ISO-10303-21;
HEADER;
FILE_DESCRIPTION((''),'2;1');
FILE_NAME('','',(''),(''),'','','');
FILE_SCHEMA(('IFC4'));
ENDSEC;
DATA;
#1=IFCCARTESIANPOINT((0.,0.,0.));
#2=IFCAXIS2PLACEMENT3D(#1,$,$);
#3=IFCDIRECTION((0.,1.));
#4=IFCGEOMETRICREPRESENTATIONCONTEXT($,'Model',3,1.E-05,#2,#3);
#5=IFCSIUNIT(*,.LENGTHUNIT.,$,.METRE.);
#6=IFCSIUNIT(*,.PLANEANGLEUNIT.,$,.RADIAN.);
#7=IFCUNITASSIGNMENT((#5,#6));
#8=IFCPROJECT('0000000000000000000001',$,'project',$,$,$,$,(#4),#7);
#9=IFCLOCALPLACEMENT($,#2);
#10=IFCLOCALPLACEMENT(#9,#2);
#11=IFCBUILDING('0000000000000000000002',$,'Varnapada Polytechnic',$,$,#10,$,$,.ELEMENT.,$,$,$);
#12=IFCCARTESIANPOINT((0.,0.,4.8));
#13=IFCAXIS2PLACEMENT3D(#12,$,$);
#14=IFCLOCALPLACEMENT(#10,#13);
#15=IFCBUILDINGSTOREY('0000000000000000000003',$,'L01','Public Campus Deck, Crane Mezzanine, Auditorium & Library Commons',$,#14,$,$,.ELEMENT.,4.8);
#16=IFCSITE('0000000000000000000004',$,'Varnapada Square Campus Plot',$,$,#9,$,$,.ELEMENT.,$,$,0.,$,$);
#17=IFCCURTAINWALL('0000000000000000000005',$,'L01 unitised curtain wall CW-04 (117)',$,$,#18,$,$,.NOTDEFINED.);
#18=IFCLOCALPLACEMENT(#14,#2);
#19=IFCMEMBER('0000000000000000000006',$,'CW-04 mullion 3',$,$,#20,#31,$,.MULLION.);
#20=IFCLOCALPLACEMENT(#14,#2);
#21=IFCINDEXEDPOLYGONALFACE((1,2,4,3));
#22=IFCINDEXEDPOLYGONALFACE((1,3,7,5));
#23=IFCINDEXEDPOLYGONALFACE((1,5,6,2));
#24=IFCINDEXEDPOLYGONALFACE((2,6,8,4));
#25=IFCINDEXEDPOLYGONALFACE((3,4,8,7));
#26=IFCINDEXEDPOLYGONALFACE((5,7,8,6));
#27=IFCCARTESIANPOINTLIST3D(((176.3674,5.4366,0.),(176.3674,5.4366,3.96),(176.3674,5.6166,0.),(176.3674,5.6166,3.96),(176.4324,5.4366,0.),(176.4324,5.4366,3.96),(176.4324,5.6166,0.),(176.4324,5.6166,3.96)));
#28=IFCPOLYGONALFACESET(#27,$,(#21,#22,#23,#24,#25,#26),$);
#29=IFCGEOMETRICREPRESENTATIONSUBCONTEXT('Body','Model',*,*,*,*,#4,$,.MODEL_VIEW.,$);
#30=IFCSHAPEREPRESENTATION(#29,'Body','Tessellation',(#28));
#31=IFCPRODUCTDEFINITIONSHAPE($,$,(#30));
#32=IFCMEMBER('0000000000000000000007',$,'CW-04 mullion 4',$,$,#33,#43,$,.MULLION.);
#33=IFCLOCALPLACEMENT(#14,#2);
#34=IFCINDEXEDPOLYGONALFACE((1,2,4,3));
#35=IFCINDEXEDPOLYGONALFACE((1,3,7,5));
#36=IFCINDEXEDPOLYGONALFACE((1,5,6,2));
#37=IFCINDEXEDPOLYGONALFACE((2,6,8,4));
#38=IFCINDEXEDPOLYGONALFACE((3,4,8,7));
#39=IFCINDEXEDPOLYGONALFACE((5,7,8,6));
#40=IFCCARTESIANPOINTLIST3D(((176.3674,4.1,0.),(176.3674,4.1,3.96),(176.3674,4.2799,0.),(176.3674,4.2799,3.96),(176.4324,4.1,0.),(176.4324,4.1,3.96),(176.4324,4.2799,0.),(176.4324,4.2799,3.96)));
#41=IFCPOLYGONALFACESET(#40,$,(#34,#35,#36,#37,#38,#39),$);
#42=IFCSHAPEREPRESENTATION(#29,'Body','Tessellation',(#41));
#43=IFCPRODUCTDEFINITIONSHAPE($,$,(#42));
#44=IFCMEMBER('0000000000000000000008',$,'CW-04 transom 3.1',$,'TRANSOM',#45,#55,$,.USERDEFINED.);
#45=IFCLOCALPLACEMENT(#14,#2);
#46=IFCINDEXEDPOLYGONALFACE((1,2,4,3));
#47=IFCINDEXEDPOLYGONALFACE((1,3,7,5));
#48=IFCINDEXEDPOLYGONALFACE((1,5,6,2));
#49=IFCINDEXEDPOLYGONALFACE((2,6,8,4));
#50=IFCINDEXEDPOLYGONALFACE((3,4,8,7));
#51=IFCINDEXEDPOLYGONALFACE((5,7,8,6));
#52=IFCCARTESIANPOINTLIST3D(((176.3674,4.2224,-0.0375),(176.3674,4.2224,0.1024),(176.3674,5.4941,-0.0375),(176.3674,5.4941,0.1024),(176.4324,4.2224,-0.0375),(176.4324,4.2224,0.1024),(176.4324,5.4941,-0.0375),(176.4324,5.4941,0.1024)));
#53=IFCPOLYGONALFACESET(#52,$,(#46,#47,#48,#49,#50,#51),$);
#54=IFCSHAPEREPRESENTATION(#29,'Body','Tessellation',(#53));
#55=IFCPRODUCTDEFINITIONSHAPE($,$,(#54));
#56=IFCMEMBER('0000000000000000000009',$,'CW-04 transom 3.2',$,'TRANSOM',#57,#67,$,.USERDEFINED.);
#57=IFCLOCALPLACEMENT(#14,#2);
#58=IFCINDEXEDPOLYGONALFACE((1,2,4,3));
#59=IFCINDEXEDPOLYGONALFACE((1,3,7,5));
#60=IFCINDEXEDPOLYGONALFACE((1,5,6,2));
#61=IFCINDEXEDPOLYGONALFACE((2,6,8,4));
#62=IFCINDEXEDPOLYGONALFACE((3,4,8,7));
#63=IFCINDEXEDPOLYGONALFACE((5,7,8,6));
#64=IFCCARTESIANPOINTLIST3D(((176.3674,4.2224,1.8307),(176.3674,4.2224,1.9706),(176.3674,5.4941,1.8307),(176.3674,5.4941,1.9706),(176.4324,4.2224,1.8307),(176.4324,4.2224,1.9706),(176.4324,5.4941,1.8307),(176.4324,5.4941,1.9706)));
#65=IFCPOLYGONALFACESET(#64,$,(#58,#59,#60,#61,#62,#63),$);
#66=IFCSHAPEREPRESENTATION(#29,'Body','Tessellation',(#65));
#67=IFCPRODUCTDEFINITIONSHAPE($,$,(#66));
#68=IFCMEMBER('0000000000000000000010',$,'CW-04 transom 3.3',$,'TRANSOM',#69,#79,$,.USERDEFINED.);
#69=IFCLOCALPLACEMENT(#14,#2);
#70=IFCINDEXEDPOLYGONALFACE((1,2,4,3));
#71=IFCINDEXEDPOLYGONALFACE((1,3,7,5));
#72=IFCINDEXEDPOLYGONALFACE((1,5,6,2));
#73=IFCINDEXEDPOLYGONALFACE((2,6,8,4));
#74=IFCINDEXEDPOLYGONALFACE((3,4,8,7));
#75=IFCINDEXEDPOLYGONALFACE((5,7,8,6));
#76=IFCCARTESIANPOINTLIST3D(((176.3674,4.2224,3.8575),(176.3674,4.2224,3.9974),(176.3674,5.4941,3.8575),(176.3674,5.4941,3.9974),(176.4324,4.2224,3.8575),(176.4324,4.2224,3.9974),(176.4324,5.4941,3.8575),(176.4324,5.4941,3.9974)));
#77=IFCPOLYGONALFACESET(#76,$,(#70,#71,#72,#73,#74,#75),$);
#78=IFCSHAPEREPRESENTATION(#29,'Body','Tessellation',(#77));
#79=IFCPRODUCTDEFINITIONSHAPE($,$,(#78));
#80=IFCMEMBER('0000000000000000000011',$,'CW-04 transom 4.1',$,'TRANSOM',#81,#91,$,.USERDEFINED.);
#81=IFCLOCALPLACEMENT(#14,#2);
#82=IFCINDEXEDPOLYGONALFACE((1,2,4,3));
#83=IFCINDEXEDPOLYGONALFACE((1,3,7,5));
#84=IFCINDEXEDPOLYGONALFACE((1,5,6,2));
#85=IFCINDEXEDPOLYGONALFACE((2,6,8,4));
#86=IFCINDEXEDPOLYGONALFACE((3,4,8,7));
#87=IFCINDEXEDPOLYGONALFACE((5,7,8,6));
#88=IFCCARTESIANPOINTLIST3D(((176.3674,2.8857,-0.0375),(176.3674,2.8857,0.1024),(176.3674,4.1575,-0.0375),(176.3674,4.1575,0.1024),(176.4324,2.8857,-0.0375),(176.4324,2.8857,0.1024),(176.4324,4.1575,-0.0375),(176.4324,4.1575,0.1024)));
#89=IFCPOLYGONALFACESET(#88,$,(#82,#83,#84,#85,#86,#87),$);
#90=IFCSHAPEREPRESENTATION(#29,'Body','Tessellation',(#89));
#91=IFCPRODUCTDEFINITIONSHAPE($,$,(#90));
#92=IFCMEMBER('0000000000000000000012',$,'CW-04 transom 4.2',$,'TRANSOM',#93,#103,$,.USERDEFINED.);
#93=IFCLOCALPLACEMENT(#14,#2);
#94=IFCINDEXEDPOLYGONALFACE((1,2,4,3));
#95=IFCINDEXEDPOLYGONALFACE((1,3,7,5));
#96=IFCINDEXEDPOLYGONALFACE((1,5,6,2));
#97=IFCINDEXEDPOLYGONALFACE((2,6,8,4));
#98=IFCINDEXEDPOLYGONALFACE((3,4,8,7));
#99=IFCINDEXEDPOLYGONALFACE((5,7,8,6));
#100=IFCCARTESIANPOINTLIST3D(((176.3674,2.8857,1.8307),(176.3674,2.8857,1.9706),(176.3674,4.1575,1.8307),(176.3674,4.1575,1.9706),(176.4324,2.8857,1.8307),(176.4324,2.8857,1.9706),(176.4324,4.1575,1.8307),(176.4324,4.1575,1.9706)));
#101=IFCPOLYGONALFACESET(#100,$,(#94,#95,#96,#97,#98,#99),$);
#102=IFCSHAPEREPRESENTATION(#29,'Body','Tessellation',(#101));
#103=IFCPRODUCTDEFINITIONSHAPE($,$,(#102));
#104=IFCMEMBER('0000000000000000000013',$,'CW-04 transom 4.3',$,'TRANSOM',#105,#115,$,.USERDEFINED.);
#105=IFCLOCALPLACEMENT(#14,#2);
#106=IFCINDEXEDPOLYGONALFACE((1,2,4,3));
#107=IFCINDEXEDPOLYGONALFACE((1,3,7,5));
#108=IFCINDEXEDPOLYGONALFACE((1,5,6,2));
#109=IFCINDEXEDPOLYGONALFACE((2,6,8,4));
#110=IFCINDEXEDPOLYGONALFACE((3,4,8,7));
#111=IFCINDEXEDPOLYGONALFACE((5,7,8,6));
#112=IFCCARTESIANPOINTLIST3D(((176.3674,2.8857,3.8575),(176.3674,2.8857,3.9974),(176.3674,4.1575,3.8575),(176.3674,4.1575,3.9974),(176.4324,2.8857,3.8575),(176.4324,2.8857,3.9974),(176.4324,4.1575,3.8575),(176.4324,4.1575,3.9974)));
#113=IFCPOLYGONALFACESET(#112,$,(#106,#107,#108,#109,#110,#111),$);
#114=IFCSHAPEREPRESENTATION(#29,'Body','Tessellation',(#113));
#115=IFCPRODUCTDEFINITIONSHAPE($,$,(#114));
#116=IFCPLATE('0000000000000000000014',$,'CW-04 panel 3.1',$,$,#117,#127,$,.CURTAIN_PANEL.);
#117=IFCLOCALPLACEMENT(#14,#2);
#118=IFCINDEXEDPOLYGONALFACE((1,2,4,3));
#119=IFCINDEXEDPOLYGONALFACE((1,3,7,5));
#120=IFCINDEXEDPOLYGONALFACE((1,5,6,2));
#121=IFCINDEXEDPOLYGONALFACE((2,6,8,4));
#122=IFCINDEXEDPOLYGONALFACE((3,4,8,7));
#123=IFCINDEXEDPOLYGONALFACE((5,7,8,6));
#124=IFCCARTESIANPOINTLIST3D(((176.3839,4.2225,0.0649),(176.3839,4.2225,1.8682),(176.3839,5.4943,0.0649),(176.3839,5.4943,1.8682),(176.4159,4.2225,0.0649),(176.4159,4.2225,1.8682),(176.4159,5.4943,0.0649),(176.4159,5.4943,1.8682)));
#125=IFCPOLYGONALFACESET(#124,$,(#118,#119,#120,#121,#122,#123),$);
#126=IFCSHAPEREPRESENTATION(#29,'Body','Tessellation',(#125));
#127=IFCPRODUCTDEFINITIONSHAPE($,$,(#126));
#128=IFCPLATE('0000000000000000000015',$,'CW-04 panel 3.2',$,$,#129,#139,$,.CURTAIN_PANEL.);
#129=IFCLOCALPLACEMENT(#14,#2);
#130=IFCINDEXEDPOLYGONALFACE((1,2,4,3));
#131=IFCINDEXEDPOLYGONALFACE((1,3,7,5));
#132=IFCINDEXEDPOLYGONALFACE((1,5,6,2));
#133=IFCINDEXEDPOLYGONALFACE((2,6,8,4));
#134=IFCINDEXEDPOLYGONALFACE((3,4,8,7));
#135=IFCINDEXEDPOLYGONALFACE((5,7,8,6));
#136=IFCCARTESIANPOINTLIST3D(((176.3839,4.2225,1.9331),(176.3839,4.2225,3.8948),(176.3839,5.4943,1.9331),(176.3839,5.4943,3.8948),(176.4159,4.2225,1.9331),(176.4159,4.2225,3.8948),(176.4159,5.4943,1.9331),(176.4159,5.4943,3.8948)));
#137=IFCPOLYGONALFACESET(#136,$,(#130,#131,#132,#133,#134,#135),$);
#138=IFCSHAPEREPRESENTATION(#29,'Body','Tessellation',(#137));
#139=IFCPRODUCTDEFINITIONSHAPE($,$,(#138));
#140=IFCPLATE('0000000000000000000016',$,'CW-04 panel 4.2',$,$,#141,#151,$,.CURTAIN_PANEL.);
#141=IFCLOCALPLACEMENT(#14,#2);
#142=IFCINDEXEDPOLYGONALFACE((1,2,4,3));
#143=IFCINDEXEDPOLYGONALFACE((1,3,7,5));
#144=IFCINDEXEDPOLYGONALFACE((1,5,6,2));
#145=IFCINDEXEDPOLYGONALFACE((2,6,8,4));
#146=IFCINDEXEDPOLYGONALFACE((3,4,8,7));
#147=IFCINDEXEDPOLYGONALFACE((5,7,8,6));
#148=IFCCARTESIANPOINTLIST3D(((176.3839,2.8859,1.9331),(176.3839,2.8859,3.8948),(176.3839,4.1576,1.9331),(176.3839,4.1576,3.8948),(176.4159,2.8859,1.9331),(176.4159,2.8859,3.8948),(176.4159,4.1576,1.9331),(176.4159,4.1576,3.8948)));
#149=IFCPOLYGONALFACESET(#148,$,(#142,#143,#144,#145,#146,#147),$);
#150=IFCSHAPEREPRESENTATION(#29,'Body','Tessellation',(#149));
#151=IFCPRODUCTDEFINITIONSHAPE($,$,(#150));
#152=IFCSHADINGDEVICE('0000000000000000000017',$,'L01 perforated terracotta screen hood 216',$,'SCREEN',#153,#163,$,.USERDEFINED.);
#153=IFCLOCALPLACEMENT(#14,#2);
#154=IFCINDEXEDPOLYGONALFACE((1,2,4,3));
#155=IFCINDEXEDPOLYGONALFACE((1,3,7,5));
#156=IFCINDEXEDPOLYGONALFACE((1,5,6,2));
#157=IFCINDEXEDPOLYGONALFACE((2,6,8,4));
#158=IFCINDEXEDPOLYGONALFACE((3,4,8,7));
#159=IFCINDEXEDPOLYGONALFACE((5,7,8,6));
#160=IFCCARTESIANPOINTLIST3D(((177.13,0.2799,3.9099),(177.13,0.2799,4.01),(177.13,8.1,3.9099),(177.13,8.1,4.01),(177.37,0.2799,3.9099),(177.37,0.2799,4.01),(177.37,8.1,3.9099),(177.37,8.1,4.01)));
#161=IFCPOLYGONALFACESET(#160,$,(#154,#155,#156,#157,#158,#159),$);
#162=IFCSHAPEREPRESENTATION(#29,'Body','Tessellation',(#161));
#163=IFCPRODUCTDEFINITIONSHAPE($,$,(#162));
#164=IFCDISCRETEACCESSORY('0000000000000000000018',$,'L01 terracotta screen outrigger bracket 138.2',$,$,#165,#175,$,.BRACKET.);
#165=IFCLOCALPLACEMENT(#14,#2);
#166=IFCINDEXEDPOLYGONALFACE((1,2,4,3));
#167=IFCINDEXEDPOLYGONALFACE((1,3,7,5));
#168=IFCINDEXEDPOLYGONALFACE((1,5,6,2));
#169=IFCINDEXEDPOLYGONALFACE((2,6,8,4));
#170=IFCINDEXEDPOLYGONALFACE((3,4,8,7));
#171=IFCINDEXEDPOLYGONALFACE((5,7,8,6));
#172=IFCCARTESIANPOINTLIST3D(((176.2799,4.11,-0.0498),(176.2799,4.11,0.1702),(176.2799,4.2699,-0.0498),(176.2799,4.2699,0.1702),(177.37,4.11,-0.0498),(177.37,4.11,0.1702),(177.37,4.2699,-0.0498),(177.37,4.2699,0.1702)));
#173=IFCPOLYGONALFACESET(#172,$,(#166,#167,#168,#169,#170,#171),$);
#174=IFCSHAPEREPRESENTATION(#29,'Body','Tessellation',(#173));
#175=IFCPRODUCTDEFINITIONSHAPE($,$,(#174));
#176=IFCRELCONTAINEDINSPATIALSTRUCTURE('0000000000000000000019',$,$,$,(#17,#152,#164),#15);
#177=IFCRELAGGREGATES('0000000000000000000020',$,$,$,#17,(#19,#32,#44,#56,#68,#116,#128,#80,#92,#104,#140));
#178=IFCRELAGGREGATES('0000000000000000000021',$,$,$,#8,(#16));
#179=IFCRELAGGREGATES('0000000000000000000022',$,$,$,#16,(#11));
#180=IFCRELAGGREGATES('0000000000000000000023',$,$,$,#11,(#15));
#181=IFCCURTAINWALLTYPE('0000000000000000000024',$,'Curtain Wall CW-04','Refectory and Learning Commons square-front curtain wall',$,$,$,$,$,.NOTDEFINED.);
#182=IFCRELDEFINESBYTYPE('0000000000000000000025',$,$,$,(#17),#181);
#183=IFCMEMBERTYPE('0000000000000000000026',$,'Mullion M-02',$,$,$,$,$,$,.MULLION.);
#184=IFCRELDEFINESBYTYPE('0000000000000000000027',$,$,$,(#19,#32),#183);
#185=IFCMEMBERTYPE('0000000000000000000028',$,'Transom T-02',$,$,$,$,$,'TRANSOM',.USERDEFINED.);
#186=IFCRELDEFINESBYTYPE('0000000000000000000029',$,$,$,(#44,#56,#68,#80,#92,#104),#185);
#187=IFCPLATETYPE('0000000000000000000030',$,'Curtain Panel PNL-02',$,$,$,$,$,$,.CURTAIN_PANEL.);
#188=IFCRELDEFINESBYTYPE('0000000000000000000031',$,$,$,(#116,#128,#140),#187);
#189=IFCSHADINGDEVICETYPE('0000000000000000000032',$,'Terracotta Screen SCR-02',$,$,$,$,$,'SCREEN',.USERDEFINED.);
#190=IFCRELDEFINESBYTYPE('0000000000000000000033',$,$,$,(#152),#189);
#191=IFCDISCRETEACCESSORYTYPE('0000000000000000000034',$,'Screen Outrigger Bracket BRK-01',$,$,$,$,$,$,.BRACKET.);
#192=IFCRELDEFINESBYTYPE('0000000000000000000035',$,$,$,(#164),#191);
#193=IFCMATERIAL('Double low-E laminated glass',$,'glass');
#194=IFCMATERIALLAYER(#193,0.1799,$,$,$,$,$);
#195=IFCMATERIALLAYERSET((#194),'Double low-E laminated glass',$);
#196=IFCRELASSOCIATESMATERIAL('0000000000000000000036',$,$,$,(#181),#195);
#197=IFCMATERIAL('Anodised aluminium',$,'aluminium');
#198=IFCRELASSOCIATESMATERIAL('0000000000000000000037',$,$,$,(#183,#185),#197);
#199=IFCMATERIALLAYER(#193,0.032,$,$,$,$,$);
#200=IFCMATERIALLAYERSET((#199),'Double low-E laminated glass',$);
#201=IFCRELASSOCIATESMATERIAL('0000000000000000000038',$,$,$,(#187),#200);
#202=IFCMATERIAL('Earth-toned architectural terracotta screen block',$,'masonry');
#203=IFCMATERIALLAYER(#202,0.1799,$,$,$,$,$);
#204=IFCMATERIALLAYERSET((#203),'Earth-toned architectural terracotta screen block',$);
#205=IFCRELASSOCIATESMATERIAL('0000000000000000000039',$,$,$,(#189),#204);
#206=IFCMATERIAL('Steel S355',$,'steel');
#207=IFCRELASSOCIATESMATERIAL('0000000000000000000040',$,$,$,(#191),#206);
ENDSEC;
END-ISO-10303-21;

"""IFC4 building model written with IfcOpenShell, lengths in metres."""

from ifc_helpers import new_model, si_unit, direction, frame, origin, origin_2d, place, context, subcontext, project, spatial, rectangle, extrude, material, layer, layer_set, material_profile, profile_set, type_object, element, aggregate, save


model = new_model("IFC4")

# Units and contexts
model_context = context("Model", 3, precision=1e-05, world=origin(), true_north=direction((0.0, 1.0)))
body_context = subcontext(model_context, "Body", "Model", "MODEL_VIEW")
ifc_project = project(units=[si_unit("LENGTHUNIT", "METRE"), si_unit("PLANEANGLEUNIT", "RADIAN")], contexts=[model_context])

# Site, building, storey
site_placement = place(None, origin())
site = spatial("IfcSite", under=ifc_project, at=site_placement, Name="Varnapada Square Campus Plot", CompositionType="ELEMENT", RefElevation=0.0)
building_placement = place(site_placement, origin())
building = spatial("IfcBuilding", under=site, at=building_placement, Name="Varnapada Polytechnic", CompositionType="ELEMENT")
storey_placement = place(building_placement, frame((0.0, 0.0, 4.8)))
storey = spatial("IfcBuildingStorey", under=building, at=storey_placement, Name="L01", Description="Public Campus Deck, Crane Mezzanine, Auditorium & Library Commons", CompositionType="ELEMENT", Elevation=4.8)

# Curtain wall, members, plates
ifc_material_1 = material(Name="Double low-E laminated glass", Category="glass")
ifc_layer_1 = layer(ifc_material_1, 0.1799)
ifc_layer_set_1 = layer_set([ifc_layer_1], Name="Double low-E laminated glass")
curtain_wall_type = type_object("IfcCurtainWallType", Name="Curtain Wall CW-04", Description="Refectory and Learning Commons square-front curtain wall", PredefinedType="NOTDEFINED", material=ifc_layer_set_1)
curtain_wall_placement = place(storey_placement, origin())
curtain_wall = element("IfcCurtainWall", 1, at=curtain_wall_placement, inside=storey, type_object=curtain_wall_type, Name="L01 unitised curtain wall CW-04 (117)", PredefinedType="NOTDEFINED")
ifc_material_2 = material(Name="Anodised aluminium", Category="aluminium")
ifc_material_profile_1 = material_profile(ifc_material_2, rectangle(XDim=0.0649, YDim=0.1799, at=origin_2d()), Name="ALU M65x180")
ifc_profile_set_1 = profile_set([ifc_material_profile_1], Name="Anodised aluminium")
member_type_1 = type_object("IfcMemberType", Name="Mullion M-02", PredefinedType="MULLION", material=ifc_profile_set_1)
member_1_placement = place(storey_placement, frame((176.3999, 5.5266, 0.0), z_axis=(0.0, 0.0, 1.0), x_axis=(1.0, 0.0, 0.0)))
member_1 = element("IfcMember", 2, at=member_1_placement, type_object=member_type_1, Name="CW-04 mullion 3", PredefinedType="MULLION", context=body_context, shape_type="SweptSolid", body=[
    extrude(rectangle(XDim=0.0649, YDim=0.1799, at=origin_2d()), origin(), (0.0, 0.0, 1.0), 3.96),
])
member_2_placement = place(storey_placement, frame((176.3999, 4.1899, 0.0), z_axis=(0.0, 0.0, 1.0), x_axis=(1.0, 0.0, 0.0)))
member_2 = element("IfcMember", 3, at=member_2_placement, type_object=member_type_1, Name="CW-04 mullion 4", PredefinedType="MULLION", context=body_context, shape_type="SweptSolid", body=[
    extrude(rectangle(XDim=0.0649, YDim=0.1799, at=origin_2d()), origin(), (0.0, 0.0, 1.0), 3.96),
])
ifc_material_profile_2 = material_profile(ifc_material_2, rectangle(XDim=0.0649, YDim=0.1399, at=origin_2d()), Name="ALU T65x140")
ifc_profile_set_2 = profile_set([ifc_material_profile_2], Name="Anodised aluminium")
member_type_2 = type_object("IfcMemberType", Name="Transom T-02", ElementType="TRANSOM", PredefinedType="USERDEFINED", material=ifc_profile_set_2)
member_3_placement = place(storey_placement, frame((176.3999, 5.4941, 0.0325), z_axis=(0.0, -1.0, 0.0), x_axis=(1.0, 0.0, 0.0)))
member_3 = element("IfcMember", 4, at=member_3_placement, type_object=member_type_2, Name="CW-04 transom 3.1", ObjectType="TRANSOM", PredefinedType="USERDEFINED", context=body_context, shape_type="SweptSolid", body=[
    extrude(rectangle(XDim=0.0649, YDim=0.1399, at=origin_2d()), origin(), (0.0, 0.0, 1.0), 1.2717),
])
member_4_placement = place(storey_placement, frame((176.3999, 5.4941, 1.9006), z_axis=(0.0, -1.0, 0.0), x_axis=(1.0, 0.0, 0.0)))
member_4 = element("IfcMember", 5, at=member_4_placement, type_object=member_type_2, Name="CW-04 transom 3.2", ObjectType="TRANSOM", PredefinedType="USERDEFINED", context=body_context, shape_type="SweptSolid", body=[
    extrude(rectangle(XDim=0.0649, YDim=0.1399, at=origin_2d()), origin(), (0.0, 0.0, 1.0), 1.2717),
])
member_5_placement = place(storey_placement, frame((176.3999, 5.4941, 3.9275), z_axis=(0.0, -1.0, 0.0), x_axis=(1.0, 0.0, 0.0)))
member_5 = element("IfcMember", 6, at=member_5_placement, type_object=member_type_2, Name="CW-04 transom 3.3", ObjectType="TRANSOM", PredefinedType="USERDEFINED", context=body_context, shape_type="SweptSolid", body=[
    extrude(rectangle(XDim=0.0649, YDim=0.1399, at=origin_2d()), origin(), (0.0, 0.0, 1.0), 1.2717),
])
member_6_placement = place(storey_placement, frame((176.3999, 4.1575, 0.0325), z_axis=(0.0, -1.0, 0.0), x_axis=(1.0, 0.0, 0.0)))
member_6 = element("IfcMember", 7, at=member_6_placement, type_object=member_type_2, Name="CW-04 transom 4.1", ObjectType="TRANSOM", PredefinedType="USERDEFINED", context=body_context, shape_type="SweptSolid", body=[
    extrude(rectangle(XDim=0.0649, YDim=0.1399, at=origin_2d()), origin(), (0.0, 0.0, 1.0), 1.2717),
])
member_7_placement = place(storey_placement, frame((176.3999, 4.1575, 1.9006), z_axis=(0.0, -1.0, 0.0), x_axis=(1.0, 0.0, 0.0)))
member_7 = element("IfcMember", 8, at=member_7_placement, type_object=member_type_2, Name="CW-04 transom 4.2", ObjectType="TRANSOM", PredefinedType="USERDEFINED", context=body_context, shape_type="SweptSolid", body=[
    extrude(rectangle(XDim=0.0649, YDim=0.1399, at=origin_2d()), origin(), (0.0, 0.0, 1.0), 1.2717),
])
member_8_placement = place(storey_placement, frame((176.3999, 4.1575, 3.9275), z_axis=(0.0, -1.0, 0.0), x_axis=(1.0, 0.0, 0.0)))
member_8 = element("IfcMember", 9, at=member_8_placement, type_object=member_type_2, Name="CW-04 transom 4.3", ObjectType="TRANSOM", PredefinedType="USERDEFINED", context=body_context, shape_type="SweptSolid", body=[
    extrude(rectangle(XDim=0.0649, YDim=0.1399, at=origin_2d()), origin(), (0.0, 0.0, 1.0), 1.2717),
])
ifc_layer_2 = layer(ifc_material_1, 0.032)
ifc_layer_set_2 = layer_set([ifc_layer_2], Name="Double low-E laminated glass")
plate_type = type_object("IfcPlateType", Name="Curtain Panel PNL-02", PredefinedType="CURTAIN_PANEL", material=ifc_layer_set_2)
plate_1_placement = place(storey_placement, frame((176.3999, 4.8584, 0.0649), z_axis=(0.0, 0.0, 1.0), x_axis=(0.0, -1.0, 0.0)))
plate_1 = element("IfcPlate", 10, at=plate_1_placement, type_object=plate_type, Name="CW-04 panel 3.1", PredefinedType="CURTAIN_PANEL", context=body_context, shape_type="SweptSolid", body=[
    extrude(rectangle(XDim=1.2717, YDim=0.032, at=origin_2d()), origin(), (0.0, 0.0, 1.0), 1.8032),
])
plate_2_placement = place(storey_placement, frame((176.3999, 4.8584, 1.9331), z_axis=(0.0, 0.0, 1.0), x_axis=(0.0, -1.0, 0.0)))
plate_2 = element("IfcPlate", 11, at=plate_2_placement, type_object=plate_type, Name="CW-04 panel 3.2", PredefinedType="CURTAIN_PANEL", context=body_context, shape_type="SweptSolid", body=[
    extrude(rectangle(XDim=1.2717, YDim=0.032, at=origin_2d()), origin(), (0.0, 0.0, 1.0), 1.9617),
])
plate_3_placement = place(storey_placement, frame((176.3999, 3.5217, 1.9331), z_axis=(0.0, 0.0, 1.0), x_axis=(0.0, -1.0, 0.0)))
plate_3 = element("IfcPlate", 12, at=plate_3_placement, type_object=plate_type, Name="CW-04 panel 4.2", PredefinedType="CURTAIN_PANEL", context=body_context, shape_type="SweptSolid", body=[
    extrude(rectangle(XDim=1.2717, YDim=0.032, at=origin_2d()), origin(), (0.0, 0.0, 1.0), 1.9617),
])
aggregate(curtain_wall, [member_1, member_2, member_3, member_4, member_5, plate_1, plate_2, member_6, member_7, member_8, plate_3])

# Shading device
ifc_material_3 = material(Name="Earth-toned architectural terracotta screen block", Category="masonry")
ifc_layer_3 = layer(ifc_material_3, 0.1799)
ifc_layer_set_3 = layer_set([ifc_layer_3], Name="Earth-toned architectural terracotta screen block")
shading_device_type = type_object("IfcShadingDeviceType", Name="Terracotta Screen SCR-02", ElementType="SCREEN", PredefinedType="USERDEFINED", material=ifc_layer_set_3)
shading_device_placement = place(storey_placement, frame((177.25, 4.1899, 3.9099), z_axis=(0.0, 0.0, 1.0), x_axis=(0.0, -1.0, 0.0)))
element("IfcShadingDevice", 13, at=shading_device_placement, inside=storey, type_object=shading_device_type, Name="L01 perforated terracotta screen hood 216", ObjectType="SCREEN", PredefinedType="USERDEFINED", context=body_context, shape_type="SweptSolid", body=[
    extrude(rectangle(XDim=7.8201, YDim=0.24, at=origin_2d()), origin(), (0.0, 0.0, 1.0), 0.1001),
])

# Discrete accessory
ifc_material_4 = material(Name="Steel S355", Category="steel")
discrete_accessory_type = type_object("IfcDiscreteAccessoryType", Name="Screen Outrigger Bracket BRK-01", PredefinedType="BRACKET", material=ifc_material_4)
discrete_accessory_placement = place(storey_placement, frame((176.825, 4.1899, -0.0498), z_axis=(0.0, 0.0, 1.0), x_axis=(0.0, -1.0, 0.0)))
element("IfcDiscreteAccessory", 14, at=discrete_accessory_placement, inside=storey, type_object=discrete_accessory_type, Name="L01 terracotta screen outrigger bracket 138.2", PredefinedType="BRACKET", context=body_context, shape_type="SweptSolid", body=[
    extrude(rectangle(XDim=0.1599, YDim=1.0901, at=origin_2d()), origin(), (0.0, 0.0, 1.0), 0.22),
])

save(model, "model.ifc")
